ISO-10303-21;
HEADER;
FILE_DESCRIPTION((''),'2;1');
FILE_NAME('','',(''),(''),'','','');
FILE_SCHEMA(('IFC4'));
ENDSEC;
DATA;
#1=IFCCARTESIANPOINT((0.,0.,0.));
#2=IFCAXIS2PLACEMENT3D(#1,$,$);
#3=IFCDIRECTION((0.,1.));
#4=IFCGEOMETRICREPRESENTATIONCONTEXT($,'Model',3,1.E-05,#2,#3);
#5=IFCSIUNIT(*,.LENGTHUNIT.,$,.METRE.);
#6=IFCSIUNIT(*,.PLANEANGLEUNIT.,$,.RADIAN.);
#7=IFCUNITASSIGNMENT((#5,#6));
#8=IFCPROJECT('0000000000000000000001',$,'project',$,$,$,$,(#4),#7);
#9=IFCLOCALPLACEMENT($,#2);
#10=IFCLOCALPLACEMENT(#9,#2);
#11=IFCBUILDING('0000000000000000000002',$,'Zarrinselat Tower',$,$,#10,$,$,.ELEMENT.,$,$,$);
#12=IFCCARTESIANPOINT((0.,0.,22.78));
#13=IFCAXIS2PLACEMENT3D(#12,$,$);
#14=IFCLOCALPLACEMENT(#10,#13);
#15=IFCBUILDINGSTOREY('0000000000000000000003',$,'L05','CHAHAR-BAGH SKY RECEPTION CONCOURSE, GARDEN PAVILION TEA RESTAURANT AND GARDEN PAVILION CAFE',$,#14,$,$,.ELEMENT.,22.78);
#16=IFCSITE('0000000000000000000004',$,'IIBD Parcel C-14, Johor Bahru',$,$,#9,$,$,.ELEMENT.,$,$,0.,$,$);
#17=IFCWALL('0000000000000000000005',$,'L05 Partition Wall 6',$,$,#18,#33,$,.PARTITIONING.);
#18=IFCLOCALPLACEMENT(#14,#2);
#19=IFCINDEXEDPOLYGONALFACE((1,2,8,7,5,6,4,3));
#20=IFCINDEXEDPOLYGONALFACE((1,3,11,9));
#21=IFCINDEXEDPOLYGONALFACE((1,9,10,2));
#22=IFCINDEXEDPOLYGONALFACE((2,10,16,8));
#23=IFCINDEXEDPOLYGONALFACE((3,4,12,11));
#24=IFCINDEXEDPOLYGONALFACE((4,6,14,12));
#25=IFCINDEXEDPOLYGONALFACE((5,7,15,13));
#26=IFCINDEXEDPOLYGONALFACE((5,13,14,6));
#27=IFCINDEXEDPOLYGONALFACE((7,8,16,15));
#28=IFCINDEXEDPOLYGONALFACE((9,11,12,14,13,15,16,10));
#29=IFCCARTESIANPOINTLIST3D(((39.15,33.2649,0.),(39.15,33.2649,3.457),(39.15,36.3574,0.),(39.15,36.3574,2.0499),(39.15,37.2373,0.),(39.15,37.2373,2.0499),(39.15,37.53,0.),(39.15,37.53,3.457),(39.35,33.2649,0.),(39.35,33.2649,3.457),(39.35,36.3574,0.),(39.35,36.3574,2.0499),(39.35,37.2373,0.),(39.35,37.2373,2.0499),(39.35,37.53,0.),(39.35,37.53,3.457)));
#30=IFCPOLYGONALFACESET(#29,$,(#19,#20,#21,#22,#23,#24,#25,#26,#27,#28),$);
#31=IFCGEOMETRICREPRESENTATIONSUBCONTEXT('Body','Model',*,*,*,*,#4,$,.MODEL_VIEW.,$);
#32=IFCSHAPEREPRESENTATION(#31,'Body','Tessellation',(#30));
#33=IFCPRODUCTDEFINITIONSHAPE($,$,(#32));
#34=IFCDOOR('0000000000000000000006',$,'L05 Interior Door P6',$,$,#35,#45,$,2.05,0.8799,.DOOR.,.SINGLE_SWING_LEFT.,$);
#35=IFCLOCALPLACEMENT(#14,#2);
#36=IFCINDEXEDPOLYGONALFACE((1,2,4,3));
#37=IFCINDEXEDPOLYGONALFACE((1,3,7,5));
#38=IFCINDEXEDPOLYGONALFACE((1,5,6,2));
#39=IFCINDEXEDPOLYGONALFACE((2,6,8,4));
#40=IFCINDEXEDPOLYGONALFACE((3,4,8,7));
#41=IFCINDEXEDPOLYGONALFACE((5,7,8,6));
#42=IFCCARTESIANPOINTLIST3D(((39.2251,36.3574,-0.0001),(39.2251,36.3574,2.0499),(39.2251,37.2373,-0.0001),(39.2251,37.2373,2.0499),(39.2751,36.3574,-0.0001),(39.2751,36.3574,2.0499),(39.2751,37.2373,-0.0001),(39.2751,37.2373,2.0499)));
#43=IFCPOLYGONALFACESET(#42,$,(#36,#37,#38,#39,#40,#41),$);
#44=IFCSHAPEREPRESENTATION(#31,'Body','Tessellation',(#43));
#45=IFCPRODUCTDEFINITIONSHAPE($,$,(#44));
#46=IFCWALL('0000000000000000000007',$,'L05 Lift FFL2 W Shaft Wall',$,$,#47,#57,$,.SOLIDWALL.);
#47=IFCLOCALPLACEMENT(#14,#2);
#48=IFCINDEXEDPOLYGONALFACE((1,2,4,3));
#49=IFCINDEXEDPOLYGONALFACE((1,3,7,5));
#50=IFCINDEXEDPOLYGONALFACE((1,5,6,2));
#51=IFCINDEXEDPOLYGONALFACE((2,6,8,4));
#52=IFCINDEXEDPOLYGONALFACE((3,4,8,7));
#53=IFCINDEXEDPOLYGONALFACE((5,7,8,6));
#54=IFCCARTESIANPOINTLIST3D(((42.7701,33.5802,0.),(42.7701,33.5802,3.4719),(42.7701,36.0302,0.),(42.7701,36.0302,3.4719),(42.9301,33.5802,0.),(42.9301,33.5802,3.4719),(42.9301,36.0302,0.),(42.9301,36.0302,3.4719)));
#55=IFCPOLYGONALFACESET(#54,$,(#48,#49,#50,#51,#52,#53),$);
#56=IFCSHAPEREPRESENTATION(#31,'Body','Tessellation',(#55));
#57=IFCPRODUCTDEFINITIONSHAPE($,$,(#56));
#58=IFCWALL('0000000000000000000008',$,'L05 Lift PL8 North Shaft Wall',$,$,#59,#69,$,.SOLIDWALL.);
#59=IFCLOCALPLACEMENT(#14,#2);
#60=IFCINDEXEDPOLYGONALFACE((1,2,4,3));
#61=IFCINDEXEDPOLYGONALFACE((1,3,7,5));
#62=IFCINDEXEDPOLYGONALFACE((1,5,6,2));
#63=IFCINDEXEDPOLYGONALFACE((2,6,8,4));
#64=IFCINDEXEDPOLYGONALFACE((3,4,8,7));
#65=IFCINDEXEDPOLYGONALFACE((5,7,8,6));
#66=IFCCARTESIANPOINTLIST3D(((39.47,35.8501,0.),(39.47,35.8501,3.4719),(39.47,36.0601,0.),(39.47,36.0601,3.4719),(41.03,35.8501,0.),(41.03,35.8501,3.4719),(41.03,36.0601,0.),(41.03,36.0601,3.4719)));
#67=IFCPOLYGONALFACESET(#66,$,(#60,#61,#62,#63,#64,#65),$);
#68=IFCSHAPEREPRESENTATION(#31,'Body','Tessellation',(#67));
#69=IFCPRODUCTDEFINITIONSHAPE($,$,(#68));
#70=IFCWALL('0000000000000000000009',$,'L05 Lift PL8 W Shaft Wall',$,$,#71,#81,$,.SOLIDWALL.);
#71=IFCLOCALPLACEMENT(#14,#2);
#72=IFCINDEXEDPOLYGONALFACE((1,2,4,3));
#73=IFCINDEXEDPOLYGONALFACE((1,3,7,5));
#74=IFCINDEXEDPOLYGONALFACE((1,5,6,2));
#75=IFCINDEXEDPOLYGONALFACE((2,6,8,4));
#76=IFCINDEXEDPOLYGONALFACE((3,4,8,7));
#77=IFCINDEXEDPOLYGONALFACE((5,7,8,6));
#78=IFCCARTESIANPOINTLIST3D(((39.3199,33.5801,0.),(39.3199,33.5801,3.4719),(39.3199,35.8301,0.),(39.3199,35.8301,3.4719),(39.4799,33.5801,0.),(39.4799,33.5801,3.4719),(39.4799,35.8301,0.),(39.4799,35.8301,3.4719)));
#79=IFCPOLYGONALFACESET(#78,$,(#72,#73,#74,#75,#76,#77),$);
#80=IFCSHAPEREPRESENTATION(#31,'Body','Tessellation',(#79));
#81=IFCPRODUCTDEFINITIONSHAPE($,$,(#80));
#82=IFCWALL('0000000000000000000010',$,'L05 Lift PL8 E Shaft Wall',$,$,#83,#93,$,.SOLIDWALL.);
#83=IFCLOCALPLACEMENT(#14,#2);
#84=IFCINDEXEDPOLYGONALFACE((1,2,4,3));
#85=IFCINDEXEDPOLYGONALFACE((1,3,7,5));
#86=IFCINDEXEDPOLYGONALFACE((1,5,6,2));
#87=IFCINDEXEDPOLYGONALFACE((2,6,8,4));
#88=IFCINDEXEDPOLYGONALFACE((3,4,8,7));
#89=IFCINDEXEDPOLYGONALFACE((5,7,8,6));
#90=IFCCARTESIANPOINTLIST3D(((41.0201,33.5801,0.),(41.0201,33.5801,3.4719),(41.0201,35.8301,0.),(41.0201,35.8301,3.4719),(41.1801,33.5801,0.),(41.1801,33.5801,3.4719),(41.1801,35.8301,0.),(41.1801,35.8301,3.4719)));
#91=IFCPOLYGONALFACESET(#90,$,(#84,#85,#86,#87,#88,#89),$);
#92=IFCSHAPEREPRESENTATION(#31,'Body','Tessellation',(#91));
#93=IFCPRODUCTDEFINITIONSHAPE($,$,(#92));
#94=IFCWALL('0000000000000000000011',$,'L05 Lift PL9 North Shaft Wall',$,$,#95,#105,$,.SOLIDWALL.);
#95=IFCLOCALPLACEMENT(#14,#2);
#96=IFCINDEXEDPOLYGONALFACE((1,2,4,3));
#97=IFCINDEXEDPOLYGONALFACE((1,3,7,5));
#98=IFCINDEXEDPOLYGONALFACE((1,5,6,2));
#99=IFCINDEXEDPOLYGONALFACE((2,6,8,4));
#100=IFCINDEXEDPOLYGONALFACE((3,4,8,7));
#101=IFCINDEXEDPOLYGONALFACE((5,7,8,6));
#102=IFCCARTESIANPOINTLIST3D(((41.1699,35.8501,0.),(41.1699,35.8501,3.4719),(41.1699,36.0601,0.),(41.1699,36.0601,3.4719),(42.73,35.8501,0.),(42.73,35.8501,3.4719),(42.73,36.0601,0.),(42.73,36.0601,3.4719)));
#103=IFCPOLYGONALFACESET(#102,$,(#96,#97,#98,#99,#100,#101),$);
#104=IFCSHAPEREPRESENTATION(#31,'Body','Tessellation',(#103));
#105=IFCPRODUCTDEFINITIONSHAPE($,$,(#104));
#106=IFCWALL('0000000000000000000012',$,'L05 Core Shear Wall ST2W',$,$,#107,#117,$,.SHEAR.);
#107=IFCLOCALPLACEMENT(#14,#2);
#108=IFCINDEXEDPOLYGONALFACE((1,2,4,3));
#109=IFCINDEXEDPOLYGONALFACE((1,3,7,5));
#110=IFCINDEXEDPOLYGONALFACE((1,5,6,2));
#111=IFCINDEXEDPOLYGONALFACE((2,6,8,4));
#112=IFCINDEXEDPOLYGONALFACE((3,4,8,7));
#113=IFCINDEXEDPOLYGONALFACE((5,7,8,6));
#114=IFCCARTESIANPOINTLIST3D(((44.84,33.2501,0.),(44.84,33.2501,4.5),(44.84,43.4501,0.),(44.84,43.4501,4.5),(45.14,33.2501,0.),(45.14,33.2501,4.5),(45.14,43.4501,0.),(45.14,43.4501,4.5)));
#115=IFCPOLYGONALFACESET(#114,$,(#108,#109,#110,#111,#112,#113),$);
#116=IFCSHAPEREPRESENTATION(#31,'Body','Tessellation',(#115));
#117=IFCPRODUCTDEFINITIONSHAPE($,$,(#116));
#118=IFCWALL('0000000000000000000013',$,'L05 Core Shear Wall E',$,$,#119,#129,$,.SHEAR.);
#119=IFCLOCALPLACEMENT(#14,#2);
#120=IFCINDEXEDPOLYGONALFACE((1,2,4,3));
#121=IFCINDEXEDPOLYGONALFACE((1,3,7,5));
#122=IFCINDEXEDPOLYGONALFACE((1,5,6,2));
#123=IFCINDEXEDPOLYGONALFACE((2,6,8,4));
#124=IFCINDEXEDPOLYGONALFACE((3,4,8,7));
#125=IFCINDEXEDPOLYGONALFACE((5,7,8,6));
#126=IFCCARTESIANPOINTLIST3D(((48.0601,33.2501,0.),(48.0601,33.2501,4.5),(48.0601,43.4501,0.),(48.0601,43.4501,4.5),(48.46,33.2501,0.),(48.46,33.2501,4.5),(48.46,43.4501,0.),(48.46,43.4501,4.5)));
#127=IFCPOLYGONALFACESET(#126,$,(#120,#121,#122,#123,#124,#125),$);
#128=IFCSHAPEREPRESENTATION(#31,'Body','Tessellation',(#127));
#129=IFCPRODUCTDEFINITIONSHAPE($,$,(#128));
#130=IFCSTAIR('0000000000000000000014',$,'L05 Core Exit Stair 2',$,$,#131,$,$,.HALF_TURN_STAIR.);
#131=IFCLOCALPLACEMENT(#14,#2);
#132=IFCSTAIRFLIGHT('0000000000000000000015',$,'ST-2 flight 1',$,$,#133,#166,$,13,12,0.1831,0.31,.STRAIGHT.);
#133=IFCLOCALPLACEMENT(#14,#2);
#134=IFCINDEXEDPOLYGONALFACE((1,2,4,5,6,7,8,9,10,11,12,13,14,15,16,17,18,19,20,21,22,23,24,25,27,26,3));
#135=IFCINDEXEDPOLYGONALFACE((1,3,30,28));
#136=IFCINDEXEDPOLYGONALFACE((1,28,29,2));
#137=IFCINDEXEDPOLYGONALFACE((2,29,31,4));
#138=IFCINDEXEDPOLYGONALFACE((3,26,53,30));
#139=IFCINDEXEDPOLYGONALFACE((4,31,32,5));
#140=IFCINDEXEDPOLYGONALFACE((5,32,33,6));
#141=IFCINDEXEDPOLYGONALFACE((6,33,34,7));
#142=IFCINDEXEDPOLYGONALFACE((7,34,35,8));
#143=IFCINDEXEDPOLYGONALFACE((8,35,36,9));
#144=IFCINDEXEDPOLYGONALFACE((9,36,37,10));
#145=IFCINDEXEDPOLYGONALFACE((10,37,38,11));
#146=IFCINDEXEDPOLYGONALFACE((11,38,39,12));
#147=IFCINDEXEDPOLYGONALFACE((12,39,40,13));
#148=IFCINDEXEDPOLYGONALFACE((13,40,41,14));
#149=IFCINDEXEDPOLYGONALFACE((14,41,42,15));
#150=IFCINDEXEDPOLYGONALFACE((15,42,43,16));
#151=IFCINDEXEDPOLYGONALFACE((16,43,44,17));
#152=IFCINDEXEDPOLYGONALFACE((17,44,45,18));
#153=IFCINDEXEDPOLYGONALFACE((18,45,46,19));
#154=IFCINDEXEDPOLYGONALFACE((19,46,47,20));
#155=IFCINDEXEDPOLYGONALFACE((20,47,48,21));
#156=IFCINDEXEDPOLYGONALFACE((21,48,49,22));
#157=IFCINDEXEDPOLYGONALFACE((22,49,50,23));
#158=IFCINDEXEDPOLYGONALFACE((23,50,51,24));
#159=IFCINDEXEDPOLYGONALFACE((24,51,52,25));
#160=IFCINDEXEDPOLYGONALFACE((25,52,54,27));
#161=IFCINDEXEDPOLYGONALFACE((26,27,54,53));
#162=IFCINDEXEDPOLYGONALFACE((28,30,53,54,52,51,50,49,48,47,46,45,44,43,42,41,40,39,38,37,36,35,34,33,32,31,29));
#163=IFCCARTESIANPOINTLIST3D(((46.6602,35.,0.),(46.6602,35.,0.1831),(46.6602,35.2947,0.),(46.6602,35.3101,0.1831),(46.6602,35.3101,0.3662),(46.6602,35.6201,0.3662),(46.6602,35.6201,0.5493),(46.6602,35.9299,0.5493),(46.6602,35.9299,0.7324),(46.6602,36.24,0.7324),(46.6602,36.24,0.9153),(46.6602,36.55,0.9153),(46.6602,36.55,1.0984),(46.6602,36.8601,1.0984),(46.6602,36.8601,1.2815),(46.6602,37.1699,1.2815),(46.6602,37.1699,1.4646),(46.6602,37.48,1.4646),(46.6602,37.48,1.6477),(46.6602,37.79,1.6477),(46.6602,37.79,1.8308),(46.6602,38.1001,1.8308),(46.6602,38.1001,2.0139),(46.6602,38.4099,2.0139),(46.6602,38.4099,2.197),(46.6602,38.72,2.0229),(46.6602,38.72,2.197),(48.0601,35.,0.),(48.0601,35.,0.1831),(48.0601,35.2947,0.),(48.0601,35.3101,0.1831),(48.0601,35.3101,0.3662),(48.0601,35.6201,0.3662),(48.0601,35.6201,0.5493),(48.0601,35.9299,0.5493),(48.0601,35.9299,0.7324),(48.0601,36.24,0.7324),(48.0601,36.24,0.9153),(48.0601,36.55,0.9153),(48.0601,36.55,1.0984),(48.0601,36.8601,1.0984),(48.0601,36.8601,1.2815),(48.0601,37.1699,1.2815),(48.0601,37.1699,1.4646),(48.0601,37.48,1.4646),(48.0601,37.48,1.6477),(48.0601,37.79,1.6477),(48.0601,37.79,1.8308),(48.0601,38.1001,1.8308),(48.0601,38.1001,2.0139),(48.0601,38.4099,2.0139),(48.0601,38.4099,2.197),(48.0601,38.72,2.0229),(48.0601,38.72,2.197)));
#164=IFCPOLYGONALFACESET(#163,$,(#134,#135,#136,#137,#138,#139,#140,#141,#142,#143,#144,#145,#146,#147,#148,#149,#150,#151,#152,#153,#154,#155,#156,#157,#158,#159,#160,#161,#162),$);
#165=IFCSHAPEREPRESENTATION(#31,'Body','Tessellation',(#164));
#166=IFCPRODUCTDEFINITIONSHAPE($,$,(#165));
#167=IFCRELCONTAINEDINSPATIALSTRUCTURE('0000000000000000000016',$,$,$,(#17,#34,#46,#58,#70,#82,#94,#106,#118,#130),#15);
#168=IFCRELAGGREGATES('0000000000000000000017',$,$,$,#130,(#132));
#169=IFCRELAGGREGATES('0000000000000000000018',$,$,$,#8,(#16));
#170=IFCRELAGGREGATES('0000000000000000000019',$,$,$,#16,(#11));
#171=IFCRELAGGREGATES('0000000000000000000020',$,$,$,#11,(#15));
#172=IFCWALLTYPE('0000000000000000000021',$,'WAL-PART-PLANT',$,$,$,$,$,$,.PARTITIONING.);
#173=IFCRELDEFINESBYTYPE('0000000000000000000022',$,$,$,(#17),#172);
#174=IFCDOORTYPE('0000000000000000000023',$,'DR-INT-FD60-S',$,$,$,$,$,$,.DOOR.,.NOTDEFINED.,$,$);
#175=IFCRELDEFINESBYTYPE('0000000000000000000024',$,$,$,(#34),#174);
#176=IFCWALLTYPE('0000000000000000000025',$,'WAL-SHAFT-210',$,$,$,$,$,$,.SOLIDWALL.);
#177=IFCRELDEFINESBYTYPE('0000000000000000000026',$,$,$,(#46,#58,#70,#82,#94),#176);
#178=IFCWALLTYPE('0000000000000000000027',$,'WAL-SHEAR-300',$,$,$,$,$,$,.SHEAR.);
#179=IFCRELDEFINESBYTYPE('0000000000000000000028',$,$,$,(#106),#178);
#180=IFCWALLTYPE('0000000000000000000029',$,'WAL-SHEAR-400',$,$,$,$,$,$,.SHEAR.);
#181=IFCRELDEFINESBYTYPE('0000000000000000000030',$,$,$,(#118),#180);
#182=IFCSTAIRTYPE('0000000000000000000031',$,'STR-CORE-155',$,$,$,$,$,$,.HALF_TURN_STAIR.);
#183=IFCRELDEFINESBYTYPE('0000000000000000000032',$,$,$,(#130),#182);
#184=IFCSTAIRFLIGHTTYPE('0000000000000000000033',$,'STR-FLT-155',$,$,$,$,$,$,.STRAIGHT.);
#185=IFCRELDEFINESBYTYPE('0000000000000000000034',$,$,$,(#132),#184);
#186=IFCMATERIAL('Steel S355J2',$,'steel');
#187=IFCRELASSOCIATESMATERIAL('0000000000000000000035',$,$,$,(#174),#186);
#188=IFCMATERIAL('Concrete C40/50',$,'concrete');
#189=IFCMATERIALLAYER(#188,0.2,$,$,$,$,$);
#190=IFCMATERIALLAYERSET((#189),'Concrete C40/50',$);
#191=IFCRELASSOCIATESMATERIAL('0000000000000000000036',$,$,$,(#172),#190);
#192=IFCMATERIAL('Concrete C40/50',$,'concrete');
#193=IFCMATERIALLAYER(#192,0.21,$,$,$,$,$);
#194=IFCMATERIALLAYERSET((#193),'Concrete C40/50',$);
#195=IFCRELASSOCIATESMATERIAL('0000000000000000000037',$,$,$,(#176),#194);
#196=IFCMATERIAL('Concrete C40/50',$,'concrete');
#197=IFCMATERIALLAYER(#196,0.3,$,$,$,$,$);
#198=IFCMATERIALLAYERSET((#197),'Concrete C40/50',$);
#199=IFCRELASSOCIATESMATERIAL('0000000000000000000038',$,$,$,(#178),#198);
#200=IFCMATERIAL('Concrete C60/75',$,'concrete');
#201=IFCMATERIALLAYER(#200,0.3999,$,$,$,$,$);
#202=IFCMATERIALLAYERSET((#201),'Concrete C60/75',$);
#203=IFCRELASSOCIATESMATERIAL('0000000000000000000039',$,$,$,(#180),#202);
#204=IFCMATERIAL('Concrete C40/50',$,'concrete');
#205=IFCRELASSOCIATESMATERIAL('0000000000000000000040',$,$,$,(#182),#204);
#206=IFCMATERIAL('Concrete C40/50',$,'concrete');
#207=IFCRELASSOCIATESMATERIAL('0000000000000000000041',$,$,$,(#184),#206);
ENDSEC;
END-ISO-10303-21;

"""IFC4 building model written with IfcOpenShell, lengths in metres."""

from ifc_helpers import new_model, si_unit, direction, frame, frame_2d, origin, place, context, subcontext, project, spatial, polyline, rectangle, outline, extrude, material, layer, layer_set, type_object, element, fill, aggregate, save


model = new_model("IFC4")

# Units and contexts
model_context = context("Model", 3, precision=1e-05, world=origin(), true_north=direction((0.0, 1.0)))
body_context = subcontext(model_context, "Body", "Model", "MODEL_VIEW")
ifc_project = project(units=[si_unit("LENGTHUNIT", "METRE"), si_unit("PLANEANGLEUNIT", "RADIAN")], contexts=[model_context])

# Site, building, storey
site_placement = place(None, origin())
site = spatial("IfcSite", under=ifc_project, at=site_placement, Name="IIBD Parcel C-14, Johor Bahru", CompositionType="ELEMENT", RefElevation=0.0)
building_placement = place(site_placement, origin())
building = spatial("IfcBuilding", under=site, at=building_placement, Name="Zarrinselat Tower", CompositionType="ELEMENT")
storey_placement = place(building_placement, frame((0.0, 0.0, 22.78)))
storey = spatial("IfcBuildingStorey", under=building, at=storey_placement, Name="L05", Description="CHAHAR-BAGH SKY RECEPTION CONCOURSE, GARDEN PAVILION TEA RESTAURANT AND GARDEN PAVILION CAFE", CompositionType="ELEMENT", Elevation=22.78)

# Wall, opening, door
ifc_material_1 = material(Name="Steel S355J2", Category="steel")
door_type_1 = type_object("IfcDoorType", Name="DR-INT-FD60-S", OperationType="NOTDEFINED", PredefinedType="DOOR", material=ifc_material_1)
ifc_material_2 = material(Name="Concrete C40/50", Category="concrete")
ifc_layer_1 = layer(ifc_material_2, 0.2)
ifc_layer_set_1 = layer_set([ifc_layer_1], Name="Concrete C40/50")
wall_type_1 = type_object("IfcWallType", Name="WAL-PART-PLANT", PredefinedType="PARTITIONING", material=ifc_layer_set_1)
wall_1_placement = place(storey_placement, frame((39.25, 33.2649, 0.0), z_axis=(0.0, 0.0, 1.0), x_axis=(0.0, 1.0, 0.0)))
wall_1 = element("IfcWall", 1, at=wall_1_placement, inside=storey, type_object=wall_type_1, Name="L05 Partition Wall 6", PredefinedType="PARTITIONING", context=body_context, shape_type="SweptSolid", body=[
    extrude(rectangle(XDim=4.2651, YDim=0.2, at=frame_2d((2.1326, 0.0))), origin(), (0.0, 0.0, 1.0), 3.457),
])
opening_1_placement = place(wall_1_placement, frame((3.0925, 0.0, 0.0)))
opening_1 = element("IfcOpeningElement", 2, at=opening_1_placement, cuts=wall_1, PredefinedType="OPENING", context=body_context, shape_type="SweptSolid", body=[
    extrude(rectangle(XDim=0.8799, YDim=2.05, at=frame_2d((0.4399, 1.0249))), frame((0.0, 0.1099, 0.0), z_axis=(0.0, -1.0, 0.0), x_axis=(1.0, 0.0, 0.0)), (0.0, 0.0, 1.0), 0.22),
])
door_1_placement = place(opening_1_placement, origin())
door_1 = element("IfcDoor", 3, at=door_1_placement, inside=storey, type_object=door_type_1, Name="L05 Interior Door P6", OperationType="SINGLE_SWING_LEFT", OverallHeight=2.05, OverallWidth=0.8799, PredefinedType="DOOR", context=body_context, shape_type="SweptSolid", body=[
    extrude(rectangle(XDim=0.8799, YDim=2.05, at=frame_2d((0.4399, 1.0249))), frame((0.0, 0.0249, 0.0), z_axis=(0.0, -1.0, 0.0), x_axis=(1.0, 0.0, 0.0)), (0.0, 0.0, 1.0), 0.05),
])
fill(opening_1, door_1)

# Walls
ifc_material_3 = material(Name="Concrete C40/50", Category="concrete")
ifc_layer_2 = layer(ifc_material_3, 0.21)
ifc_layer_set_2 = layer_set([ifc_layer_2], Name="Concrete C40/50")
wall_type_2 = type_object("IfcWallType", Name="WAL-SHAFT-210", PredefinedType="SOLIDWALL", material=ifc_layer_set_2)
wall_2_placement = place(storey_placement, frame((42.8501, 33.5801, 0.0), z_axis=(0.0, 0.0, 1.0), x_axis=(0.0, 1.0, 0.0)))
element("IfcWall", 4, at=wall_2_placement, inside=storey, type_object=wall_type_2, Name="L05 Lift FFL2 W Shaft Wall", PredefinedType="SOLIDWALL", context=body_context, shape_type="SweptSolid", body=[
    extrude(rectangle(XDim=2.45, YDim=0.1599, at=frame_2d((1.2251, 0.0))), origin(), (0.0, 0.0, 1.0), 3.4719),
])
wall_3_placement = place(storey_placement, frame((39.47, 35.9551, 0.0), z_axis=(0.0, 0.0, 1.0), x_axis=(1.0, 0.0, 0.0)))
element("IfcWall", 5, at=wall_3_placement, inside=storey, type_object=wall_type_2, Name="L05 Lift PL8 North Shaft Wall", PredefinedType="SOLIDWALL", context=body_context, shape_type="SweptSolid", body=[
    extrude(rectangle(XDim=1.5601, YDim=0.21, at=frame_2d((0.78, 0.0))), origin(), (0.0, 0.0, 1.0), 3.4719),
])
for number, where, z_axis, x_axis, name in (
    (6, (39.3999, 33.5801, 0.0), (0.0, 0.0, 1.0), (0.0, 1.0, 0.0), "L05 Lift PL8 W Shaft Wall"),
    (7, (41.1001, 33.5801, 0.0), (0.0, 0.0, 1.0), (0.0, 1.0, 0.0), "L05 Lift PL8 E Shaft Wall"),
):
    element("IfcWall", number, at=place(storey_placement, frame(where, z_axis=z_axis, x_axis=x_axis)), inside=storey, type_object=wall_type_2, Name=name, PredefinedType="SOLIDWALL", context=body_context, shape_type="SweptSolid", body=[
        extrude(rectangle(XDim=2.25, YDim=0.1599, at=frame_2d((1.125, 0.0))), origin(), (0.0, 0.0, 1.0), 3.4719),
    ])
wall_4_placement = place(storey_placement, frame((41.1699, 35.9551, 0.0), z_axis=(0.0, 0.0, 1.0), x_axis=(1.0, 0.0, 0.0)))
element("IfcWall", 8, at=wall_4_placement, inside=storey, type_object=wall_type_2, Name="L05 Lift PL9 North Shaft Wall", PredefinedType="SOLIDWALL", context=body_context, shape_type="SweptSolid", body=[
    extrude(rectangle(XDim=1.5601, YDim=0.21, at=frame_2d((0.78, 0.0))), origin(), (0.0, 0.0, 1.0), 3.4719),
])
ifc_material_4 = material(Name="Concrete C40/50", Category="concrete")
ifc_layer_3 = layer(ifc_material_4, 0.3)
ifc_layer_set_3 = layer_set([ifc_layer_3], Name="Concrete C40/50")
wall_type_3 = type_object("IfcWallType", Name="WAL-SHEAR-300", PredefinedType="SHEAR", material=ifc_layer_set_3)
wall_5_placement = place(storey_placement, frame((44.99, 33.25, 0.0), z_axis=(0.0, 0.0, 1.0), x_axis=(0.0, 1.0, 0.0)))
element("IfcWall", 9, at=wall_5_placement, inside=storey, type_object=wall_type_3, Name="L05 Core Shear Wall ST2W", PredefinedType="SHEAR", context=body_context, shape_type="SweptSolid", body=[
    extrude(rectangle(XDim=10.2, YDim=0.3, at=frame_2d((5.1001, 0.0))), origin(), (0.0, 0.0, 1.0), 4.5),
])
ifc_material_5 = material(Name="Concrete C60/75", Category="concrete")
ifc_layer_4 = layer(ifc_material_5, 0.3999)
ifc_layer_set_4 = layer_set([ifc_layer_4], Name="Concrete C60/75")
wall_type_4 = type_object("IfcWallType", Name="WAL-SHEAR-400", PredefinedType="SHEAR", material=ifc_layer_set_4)
wall_6_placement = place(storey_placement, frame((48.26, 33.25, 0.0), z_axis=(0.0, 0.0, 1.0), x_axis=(0.0, 1.0, 0.0)))
element("IfcWall", 10, at=wall_6_placement, inside=storey, type_object=wall_type_4, Name="L05 Core Shear Wall E", PredefinedType="SHEAR", context=body_context, shape_type="SweptSolid", body=[
    extrude(rectangle(XDim=10.2, YDim=0.3999, at=frame_2d((5.1001, 0.0))), origin(), (0.0, 0.0, 1.0), 4.5),
])

# Stair, stair flight
ifc_material_6 = material(Name="Concrete C40/50", Category="concrete")
stair_type = type_object("IfcStairType", Name="STR-CORE-155", PredefinedType="HALF_TURN_STAIR", material=ifc_material_6)
stair_placement = place(storey_placement, origin())
stair = element("IfcStair", 11, at=stair_placement, inside=storey, type_object=stair_type, Name="L05 Core Exit Stair 2", PredefinedType="HALF_TURN_STAIR")
ifc_material_7 = material(Name="Concrete C40/50", Category="concrete")
stair_flight_type = type_object("IfcStairFlightType", Name="STR-FLT-155", PredefinedType="STRAIGHT", material=ifc_material_7)
stair_flight_placement = place(storey_placement, frame((47.3601, 35.0, 0.0), z_axis=(0.0, 0.0, 1.0), x_axis=(0.0, 1.0, 0.0)))
stair_flight = element("IfcStairFlight", 12, at=stair_flight_placement, type_object=stair_flight_type, Name="ST-2 flight 1", NumberOfRisers=13, NumberOfTreads=12, PredefinedType="STRAIGHT", RiserHeight=0.1831, TreadLength=0.31, context=body_context, shape_type="SweptSolid", body=[
    extrude(outline(polyline([(0.0, 0.0), (0.0, 0.1831), (0.3101, 0.1831), (0.3101, 0.3662), (0.6201, 0.3662), (0.6201, 0.5493), (0.9299, 0.5493), (0.9299, 0.7324), (1.24, 0.7324), (1.24, 0.9153), (1.55, 0.9153), (1.55, 1.0984), (1.8601, 1.0984), (1.8601, 1.2815), (2.1699, 1.2815), (2.1699, 1.4646), (2.48, 1.4646), (2.48, 1.6477), (2.79, 1.6477), (2.79, 1.8308), (3.1001, 1.8308), (3.1001, 2.0139), (3.4099, 2.0139), (3.4099, 2.197), (3.72, 2.197), (3.72, 2.3799), (3.72, 2.0229), (0.2947, 0.0), (0.0, 0.0)])), frame((0.0, 0.7, 0.0), z_axis=(0.0, -1.0, 0.0), x_axis=(1.0, 0.0, 0.0)), (0.0, 0.0, 1.0), 1.3999),
])
aggregate(stair, [stair_flight])

save(model, "model.ifc")
